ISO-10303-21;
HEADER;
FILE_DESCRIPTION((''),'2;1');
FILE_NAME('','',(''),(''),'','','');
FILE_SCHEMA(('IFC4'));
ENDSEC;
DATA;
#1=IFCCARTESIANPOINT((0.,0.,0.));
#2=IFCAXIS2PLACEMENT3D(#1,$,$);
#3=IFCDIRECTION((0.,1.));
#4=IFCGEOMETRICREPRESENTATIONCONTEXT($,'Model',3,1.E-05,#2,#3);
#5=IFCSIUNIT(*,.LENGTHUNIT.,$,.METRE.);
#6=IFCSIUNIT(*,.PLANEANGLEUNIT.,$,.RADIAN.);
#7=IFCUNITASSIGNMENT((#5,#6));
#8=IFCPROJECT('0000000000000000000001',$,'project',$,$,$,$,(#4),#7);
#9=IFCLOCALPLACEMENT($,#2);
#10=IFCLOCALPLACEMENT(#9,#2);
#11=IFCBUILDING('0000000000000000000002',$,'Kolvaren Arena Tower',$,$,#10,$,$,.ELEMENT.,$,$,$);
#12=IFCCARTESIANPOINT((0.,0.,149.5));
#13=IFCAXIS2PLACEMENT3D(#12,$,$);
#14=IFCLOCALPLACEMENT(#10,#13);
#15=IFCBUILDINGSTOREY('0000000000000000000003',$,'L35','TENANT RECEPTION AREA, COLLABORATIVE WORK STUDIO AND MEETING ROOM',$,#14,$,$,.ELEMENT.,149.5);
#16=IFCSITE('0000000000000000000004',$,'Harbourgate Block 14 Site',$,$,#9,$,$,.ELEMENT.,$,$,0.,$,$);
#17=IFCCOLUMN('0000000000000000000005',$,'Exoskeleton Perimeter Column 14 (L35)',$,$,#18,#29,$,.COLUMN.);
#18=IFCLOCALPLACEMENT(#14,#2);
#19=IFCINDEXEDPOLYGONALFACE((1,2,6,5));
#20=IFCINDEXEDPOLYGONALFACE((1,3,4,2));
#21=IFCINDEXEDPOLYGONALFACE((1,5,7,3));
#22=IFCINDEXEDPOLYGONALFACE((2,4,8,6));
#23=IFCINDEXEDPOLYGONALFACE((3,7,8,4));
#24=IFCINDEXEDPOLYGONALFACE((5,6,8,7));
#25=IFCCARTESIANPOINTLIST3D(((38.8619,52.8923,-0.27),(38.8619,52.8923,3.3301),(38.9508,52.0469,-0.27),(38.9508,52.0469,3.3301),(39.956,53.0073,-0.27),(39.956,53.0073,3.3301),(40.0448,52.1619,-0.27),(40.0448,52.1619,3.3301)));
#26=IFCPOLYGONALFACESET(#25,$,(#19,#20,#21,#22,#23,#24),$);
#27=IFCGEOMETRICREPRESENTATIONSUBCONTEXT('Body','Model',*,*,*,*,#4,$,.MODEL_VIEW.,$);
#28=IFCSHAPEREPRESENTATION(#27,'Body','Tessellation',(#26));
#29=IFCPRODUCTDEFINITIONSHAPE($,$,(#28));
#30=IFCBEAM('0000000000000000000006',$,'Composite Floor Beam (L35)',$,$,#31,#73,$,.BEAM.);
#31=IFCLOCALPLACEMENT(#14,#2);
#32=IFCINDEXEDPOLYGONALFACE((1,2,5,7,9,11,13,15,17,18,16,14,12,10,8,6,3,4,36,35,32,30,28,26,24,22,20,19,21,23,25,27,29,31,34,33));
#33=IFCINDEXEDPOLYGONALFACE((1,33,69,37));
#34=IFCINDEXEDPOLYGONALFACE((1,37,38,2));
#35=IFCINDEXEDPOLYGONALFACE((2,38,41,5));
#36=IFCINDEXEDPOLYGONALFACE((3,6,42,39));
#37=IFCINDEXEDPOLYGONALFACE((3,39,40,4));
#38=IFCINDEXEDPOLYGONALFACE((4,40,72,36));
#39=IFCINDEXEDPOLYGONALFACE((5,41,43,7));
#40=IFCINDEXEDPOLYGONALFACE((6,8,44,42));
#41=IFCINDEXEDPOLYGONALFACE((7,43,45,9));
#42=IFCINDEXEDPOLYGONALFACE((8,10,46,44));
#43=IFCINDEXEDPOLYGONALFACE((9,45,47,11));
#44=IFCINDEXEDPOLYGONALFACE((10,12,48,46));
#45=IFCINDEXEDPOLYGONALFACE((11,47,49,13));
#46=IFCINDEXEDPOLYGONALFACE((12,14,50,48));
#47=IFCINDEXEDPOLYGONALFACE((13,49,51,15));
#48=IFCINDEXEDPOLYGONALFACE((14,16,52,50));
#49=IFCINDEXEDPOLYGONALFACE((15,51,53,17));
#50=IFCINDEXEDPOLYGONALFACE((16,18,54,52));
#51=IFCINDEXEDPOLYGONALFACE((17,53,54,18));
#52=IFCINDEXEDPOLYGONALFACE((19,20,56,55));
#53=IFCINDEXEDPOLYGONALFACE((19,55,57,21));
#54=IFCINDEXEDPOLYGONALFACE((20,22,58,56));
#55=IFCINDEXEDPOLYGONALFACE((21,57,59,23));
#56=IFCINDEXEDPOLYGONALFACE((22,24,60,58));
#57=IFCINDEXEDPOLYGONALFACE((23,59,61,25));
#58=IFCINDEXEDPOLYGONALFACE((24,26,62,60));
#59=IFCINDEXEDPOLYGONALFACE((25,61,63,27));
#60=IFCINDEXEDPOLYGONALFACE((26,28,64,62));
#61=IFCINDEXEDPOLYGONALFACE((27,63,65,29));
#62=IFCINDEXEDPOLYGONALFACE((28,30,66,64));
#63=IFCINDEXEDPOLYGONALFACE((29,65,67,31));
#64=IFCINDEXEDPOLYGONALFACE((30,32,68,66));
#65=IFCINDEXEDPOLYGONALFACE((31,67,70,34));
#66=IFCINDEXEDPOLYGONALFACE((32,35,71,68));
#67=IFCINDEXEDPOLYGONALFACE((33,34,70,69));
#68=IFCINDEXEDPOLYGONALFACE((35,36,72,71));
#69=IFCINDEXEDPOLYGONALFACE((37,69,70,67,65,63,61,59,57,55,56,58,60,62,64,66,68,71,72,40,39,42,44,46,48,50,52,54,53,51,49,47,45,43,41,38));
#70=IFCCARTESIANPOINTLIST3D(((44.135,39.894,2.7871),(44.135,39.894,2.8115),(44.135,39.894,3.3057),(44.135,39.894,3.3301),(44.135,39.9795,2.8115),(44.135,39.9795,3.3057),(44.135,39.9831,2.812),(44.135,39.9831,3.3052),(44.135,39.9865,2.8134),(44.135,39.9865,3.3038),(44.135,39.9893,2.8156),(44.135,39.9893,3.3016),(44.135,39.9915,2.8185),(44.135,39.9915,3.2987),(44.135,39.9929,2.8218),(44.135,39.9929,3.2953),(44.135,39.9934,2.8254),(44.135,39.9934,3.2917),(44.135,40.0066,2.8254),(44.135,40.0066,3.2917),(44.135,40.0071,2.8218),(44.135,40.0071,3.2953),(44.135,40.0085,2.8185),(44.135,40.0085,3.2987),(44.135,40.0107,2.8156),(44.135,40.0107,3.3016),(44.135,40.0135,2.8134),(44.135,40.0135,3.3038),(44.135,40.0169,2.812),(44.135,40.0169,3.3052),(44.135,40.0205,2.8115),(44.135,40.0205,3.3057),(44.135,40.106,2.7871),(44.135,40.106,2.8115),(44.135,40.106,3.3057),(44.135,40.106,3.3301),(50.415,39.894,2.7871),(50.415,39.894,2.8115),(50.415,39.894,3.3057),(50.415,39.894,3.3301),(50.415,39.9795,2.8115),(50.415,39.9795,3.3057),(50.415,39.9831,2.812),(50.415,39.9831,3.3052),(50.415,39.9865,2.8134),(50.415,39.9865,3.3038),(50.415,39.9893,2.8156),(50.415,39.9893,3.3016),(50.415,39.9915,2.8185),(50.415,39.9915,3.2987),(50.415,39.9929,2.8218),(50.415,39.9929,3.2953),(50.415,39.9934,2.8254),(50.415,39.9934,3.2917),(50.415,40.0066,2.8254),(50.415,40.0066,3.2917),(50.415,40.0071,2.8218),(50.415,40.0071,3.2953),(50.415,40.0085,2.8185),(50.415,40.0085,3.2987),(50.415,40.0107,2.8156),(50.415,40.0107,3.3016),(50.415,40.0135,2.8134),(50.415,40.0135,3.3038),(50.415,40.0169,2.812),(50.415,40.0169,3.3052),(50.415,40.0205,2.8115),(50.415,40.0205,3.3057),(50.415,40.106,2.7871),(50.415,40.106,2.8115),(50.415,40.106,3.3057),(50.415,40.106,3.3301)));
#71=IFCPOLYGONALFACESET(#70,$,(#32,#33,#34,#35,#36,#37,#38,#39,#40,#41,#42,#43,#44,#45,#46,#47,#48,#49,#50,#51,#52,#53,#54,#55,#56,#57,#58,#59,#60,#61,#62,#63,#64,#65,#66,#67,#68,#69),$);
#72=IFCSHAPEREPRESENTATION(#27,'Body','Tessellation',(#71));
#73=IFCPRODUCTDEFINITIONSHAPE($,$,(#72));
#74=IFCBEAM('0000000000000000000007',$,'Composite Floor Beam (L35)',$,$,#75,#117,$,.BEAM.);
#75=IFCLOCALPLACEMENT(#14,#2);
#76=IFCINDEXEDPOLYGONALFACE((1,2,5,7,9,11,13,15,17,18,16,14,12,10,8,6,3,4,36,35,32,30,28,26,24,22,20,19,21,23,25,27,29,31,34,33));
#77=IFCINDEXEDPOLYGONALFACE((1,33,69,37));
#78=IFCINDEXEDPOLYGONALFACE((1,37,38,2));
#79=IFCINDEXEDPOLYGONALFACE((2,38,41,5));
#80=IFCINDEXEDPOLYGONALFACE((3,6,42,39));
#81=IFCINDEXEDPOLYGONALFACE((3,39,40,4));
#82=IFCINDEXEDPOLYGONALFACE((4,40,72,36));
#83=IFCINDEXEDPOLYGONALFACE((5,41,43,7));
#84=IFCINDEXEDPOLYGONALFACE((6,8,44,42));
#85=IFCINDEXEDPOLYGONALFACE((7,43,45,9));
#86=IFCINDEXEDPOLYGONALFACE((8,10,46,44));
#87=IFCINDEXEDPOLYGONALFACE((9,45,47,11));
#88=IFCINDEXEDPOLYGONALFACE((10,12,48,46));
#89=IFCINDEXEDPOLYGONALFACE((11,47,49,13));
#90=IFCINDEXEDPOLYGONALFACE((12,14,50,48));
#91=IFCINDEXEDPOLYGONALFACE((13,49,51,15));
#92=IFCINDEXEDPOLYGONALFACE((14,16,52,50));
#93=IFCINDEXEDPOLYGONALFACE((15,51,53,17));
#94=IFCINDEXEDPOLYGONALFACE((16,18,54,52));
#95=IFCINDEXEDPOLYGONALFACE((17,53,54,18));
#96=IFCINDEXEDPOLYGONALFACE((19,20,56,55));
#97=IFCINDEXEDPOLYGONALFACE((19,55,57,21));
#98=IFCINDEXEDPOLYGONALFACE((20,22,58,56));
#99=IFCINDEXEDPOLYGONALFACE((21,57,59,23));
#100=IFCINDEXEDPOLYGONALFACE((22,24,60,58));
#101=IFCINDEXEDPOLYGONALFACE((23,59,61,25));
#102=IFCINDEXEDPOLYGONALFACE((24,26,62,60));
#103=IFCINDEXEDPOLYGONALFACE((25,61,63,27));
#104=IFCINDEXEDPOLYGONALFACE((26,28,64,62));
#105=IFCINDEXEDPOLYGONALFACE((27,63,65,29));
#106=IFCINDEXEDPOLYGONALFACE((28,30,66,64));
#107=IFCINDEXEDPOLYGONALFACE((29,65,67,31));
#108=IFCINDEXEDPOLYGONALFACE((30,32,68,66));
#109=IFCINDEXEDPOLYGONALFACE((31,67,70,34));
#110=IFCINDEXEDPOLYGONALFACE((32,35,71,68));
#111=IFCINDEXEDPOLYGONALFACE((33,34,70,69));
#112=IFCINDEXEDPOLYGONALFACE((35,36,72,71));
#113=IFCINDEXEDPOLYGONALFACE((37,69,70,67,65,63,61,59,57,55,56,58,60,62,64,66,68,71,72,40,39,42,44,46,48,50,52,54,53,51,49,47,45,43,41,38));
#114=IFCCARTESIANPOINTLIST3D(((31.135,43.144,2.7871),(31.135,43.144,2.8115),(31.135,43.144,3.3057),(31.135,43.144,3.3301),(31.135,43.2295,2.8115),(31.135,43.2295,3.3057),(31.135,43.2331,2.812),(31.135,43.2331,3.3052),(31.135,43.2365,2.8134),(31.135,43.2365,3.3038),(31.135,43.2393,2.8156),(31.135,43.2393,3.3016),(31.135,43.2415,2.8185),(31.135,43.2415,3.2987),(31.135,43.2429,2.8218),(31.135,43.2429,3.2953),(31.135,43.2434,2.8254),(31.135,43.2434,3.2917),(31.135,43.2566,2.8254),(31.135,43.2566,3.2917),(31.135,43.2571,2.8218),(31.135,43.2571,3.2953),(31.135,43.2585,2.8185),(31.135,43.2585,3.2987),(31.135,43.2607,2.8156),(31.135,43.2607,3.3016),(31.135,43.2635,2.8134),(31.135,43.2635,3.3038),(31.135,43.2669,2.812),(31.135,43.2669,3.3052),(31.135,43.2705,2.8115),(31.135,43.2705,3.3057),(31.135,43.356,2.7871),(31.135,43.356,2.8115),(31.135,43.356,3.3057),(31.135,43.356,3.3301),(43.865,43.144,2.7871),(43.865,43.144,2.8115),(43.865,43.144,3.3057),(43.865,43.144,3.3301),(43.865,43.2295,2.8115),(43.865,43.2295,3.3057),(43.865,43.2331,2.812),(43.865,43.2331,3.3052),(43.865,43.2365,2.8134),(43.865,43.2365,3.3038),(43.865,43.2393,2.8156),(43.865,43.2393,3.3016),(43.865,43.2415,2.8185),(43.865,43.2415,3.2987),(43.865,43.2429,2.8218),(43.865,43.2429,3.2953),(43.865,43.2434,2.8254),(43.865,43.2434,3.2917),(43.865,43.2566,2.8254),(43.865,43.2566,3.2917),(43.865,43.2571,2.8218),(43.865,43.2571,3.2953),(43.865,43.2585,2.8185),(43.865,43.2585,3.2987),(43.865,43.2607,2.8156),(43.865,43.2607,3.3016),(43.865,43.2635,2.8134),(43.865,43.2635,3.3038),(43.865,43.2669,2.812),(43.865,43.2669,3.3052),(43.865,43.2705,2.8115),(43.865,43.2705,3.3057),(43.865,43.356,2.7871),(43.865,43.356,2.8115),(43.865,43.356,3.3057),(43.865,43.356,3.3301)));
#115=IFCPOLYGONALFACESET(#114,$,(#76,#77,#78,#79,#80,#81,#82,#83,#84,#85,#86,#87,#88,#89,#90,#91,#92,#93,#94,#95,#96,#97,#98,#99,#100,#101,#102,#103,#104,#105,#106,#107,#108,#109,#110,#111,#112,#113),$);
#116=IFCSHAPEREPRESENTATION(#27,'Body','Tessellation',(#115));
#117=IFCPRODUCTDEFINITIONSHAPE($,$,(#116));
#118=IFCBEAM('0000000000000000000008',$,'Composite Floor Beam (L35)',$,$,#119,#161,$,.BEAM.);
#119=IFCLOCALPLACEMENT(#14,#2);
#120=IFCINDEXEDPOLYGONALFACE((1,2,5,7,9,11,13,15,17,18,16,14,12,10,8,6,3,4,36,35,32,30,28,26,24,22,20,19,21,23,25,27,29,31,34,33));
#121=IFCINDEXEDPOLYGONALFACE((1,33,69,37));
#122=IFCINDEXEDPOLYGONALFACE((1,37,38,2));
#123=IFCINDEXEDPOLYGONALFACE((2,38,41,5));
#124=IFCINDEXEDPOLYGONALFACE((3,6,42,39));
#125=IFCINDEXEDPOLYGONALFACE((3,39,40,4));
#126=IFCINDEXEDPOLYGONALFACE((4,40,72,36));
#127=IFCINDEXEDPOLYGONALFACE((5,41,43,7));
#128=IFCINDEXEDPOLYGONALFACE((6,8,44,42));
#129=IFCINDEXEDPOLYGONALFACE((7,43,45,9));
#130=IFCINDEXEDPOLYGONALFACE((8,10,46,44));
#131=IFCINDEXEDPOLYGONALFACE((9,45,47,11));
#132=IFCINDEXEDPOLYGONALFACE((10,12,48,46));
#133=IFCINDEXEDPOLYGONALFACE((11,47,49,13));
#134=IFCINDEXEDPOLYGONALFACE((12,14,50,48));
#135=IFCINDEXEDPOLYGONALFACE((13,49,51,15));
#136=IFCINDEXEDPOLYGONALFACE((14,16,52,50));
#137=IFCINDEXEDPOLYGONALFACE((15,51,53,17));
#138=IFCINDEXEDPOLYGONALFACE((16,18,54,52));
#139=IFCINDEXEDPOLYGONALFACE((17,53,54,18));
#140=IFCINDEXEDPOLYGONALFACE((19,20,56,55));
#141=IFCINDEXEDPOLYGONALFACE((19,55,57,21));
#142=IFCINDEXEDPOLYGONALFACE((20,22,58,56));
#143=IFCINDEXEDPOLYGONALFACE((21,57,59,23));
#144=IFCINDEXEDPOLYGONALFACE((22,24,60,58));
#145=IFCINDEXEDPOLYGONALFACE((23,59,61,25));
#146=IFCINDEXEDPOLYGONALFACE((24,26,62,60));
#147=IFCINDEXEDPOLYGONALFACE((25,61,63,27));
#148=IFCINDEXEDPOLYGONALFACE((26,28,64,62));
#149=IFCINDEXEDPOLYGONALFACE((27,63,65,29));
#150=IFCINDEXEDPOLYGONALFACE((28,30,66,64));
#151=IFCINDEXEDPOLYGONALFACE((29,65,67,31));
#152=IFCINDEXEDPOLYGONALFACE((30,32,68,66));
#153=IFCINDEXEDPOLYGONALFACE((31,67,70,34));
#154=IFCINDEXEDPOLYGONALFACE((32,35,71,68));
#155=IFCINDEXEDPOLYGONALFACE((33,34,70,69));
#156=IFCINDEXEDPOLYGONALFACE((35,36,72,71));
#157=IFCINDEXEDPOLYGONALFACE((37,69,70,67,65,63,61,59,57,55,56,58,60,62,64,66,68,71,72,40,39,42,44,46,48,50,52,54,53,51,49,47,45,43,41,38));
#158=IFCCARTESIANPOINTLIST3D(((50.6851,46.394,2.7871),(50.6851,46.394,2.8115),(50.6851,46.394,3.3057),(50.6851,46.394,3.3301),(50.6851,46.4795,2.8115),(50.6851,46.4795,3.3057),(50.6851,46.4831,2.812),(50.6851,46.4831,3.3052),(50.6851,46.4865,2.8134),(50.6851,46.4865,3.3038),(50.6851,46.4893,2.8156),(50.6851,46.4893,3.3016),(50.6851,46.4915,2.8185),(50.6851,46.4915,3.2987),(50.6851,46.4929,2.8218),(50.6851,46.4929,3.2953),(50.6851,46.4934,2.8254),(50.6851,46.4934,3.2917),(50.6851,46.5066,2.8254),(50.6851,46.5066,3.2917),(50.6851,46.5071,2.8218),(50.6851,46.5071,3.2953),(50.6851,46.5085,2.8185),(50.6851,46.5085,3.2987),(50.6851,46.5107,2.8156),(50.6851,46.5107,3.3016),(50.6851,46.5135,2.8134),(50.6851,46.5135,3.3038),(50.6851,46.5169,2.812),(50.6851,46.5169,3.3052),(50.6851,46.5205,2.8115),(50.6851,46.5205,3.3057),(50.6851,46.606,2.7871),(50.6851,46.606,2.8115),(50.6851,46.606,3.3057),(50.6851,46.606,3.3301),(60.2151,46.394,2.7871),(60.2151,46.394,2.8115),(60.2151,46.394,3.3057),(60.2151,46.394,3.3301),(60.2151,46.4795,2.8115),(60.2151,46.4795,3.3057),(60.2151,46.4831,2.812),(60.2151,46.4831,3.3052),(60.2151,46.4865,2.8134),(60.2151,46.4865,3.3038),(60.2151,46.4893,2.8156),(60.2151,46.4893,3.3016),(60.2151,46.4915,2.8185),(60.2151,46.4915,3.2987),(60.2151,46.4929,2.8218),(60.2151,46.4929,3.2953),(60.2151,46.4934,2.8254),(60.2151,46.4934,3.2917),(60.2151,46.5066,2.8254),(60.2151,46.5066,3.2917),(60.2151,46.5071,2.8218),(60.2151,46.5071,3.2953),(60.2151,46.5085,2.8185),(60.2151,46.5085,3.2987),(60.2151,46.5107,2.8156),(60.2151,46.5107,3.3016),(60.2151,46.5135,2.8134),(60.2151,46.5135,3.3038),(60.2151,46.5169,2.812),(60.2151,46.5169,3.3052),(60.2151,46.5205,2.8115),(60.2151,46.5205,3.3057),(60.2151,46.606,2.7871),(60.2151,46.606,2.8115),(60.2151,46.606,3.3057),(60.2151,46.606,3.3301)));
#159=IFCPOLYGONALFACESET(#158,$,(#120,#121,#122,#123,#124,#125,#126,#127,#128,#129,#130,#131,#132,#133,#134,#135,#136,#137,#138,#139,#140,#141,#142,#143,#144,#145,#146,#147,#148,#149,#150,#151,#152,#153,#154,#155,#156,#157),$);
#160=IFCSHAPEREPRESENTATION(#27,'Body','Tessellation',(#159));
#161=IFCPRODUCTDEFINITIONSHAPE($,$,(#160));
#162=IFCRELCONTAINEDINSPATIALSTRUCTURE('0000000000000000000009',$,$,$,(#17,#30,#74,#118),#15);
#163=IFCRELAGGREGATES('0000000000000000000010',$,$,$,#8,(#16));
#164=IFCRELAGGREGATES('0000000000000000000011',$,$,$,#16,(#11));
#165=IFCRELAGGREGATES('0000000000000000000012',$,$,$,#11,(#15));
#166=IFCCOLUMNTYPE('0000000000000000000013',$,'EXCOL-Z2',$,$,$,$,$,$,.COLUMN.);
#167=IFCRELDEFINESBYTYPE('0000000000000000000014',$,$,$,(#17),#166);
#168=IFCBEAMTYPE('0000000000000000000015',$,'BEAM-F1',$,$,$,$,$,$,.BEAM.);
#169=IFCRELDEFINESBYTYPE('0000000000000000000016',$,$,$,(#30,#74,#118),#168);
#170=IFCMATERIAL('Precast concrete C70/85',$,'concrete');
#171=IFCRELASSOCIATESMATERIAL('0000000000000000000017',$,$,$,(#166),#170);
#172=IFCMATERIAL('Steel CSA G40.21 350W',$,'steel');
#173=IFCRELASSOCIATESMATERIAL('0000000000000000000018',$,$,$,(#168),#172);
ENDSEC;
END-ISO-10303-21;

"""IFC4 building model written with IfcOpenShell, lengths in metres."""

from ifc_helpers import new_model, si_unit, direction, frame, origin, origin_2d, place, context, subcontext, project, spatial, rectangle, i_section, extrude, material, material_profile, profile_set, type_object, element, save


model = new_model("IFC4")

# Units and contexts
model_context = context("Model", 3, precision=1e-05, world=origin(), true_north=direction((0.0, 1.0)))
body_context = subcontext(model_context, "Body", "Model", "MODEL_VIEW")
ifc_project = project(units=[si_unit("LENGTHUNIT", "METRE"), si_unit("PLANEANGLEUNIT", "RADIAN")], contexts=[model_context])

# Site, building, storey
site_placement = place(None, origin())
site = spatial("IfcSite", under=ifc_project, at=site_placement, Name="Harbourgate Block 14 Site", CompositionType="ELEMENT", RefElevation=0.0)
building_placement = place(site_placement, origin())
building = spatial("IfcBuilding", under=site, at=building_placement, Name="Kolvaren Arena Tower", CompositionType="ELEMENT")
storey_placement = place(building_placement, frame((0.0, 0.0, 149.5)))
storey = spatial("IfcBuildingStorey", under=building, at=storey_placement, Name="L35", Description="TENANT RECEPTION AREA, COLLABORATIVE WORK STUDIO AND MEETING ROOM", CompositionType="ELEMENT", Elevation=149.5)

# Column
ifc_material_1 = material(Name="Precast concrete C70/85", Category="concrete")
ifc_material_profile_1 = material_profile(ifc_material_1, rectangle(XDim=1.1001, YDim=0.8501, at=origin_2d()), Name="RC-1100x850")
ifc_profile_set_1 = profile_set([ifc_material_profile_1], Name="Precast concrete C70/85")
column_type = type_object("IfcColumnType", Name="EXCOL-Z2", PredefinedType="COLUMN", material=ifc_profile_set_1)
column_placement = place(storey_placement, frame((39.4534, 52.5271, -0.27), z_axis=(0.0, 0.0, 1.0), x_axis=(0.994522, 0.104528, 0.0)))
element("IfcColumn", 1, at=column_placement, inside=storey, type_object=column_type, Name="Exoskeleton Perimeter Column 14 (L35)", PredefinedType="COLUMN", context=body_context, shape_type="SweptSolid", body=[
    extrude(rectangle(XDim=1.1001, YDim=0.8501, at=origin_2d()), origin(), (0.0, 0.0, 1.0), 3.6001),
])

# Beams
ifc_material_2 = material(Name="Steel CSA G40.21 350W", Category="steel")
ifc_material_profile_2 = material_profile(ifc_material_2, i_section(OverallWidth=0.2119, OverallDepth=0.543, WebThickness=0.0132, FlangeThickness=0.0244, FilletRadius=0.0139, at=origin_2d()), Name="W530x150")
ifc_profile_set_2 = profile_set([ifc_material_profile_2], Name="Steel CSA G40.21 350W")
beam_type_1 = type_object("IfcBeamType", Name="BEAM-F1", PredefinedType="BEAM", material=ifc_profile_set_2)
beam_1_placement = place(storey_placement, frame((44.135, 40.0, 3.0586), z_axis=(1.0, 0.0, 0.0), x_axis=(0.0, 1.0, 0.0)))
element("IfcBeam", 2, at=beam_1_placement, inside=storey, type_object=beam_type_1, Name="Composite Floor Beam (L35)", PredefinedType="BEAM", context=body_context, shape_type="SweptSolid", body=[
    extrude(i_section(OverallWidth=0.2119, OverallDepth=0.543, WebThickness=0.0132, FlangeThickness=0.0244, FilletRadius=0.0139, at=origin_2d()), origin(), (0.0, 0.0, 1.0), 6.28),
])
beam_2_placement = place(storey_placement, frame((31.135, 43.25, 3.0586), z_axis=(1.0, 0.0, 0.0), x_axis=(0.0, 1.0, 0.0)))
element("IfcBeam", 3, at=beam_2_placement, inside=storey, type_object=beam_type_1, Name="Composite Floor Beam (L35)", PredefinedType="BEAM", context=body_context, shape_type="SweptSolid", body=[
    extrude(i_section(OverallWidth=0.2119, OverallDepth=0.543, WebThickness=0.0132, FlangeThickness=0.0244, FilletRadius=0.0139, at=origin_2d()), origin(), (0.0, 0.0, 1.0), 12.73),
])
for number, where, z_axis, x_axis, name in (
    (4, (50.6851, 46.5, 3.0586), (1.0, 0.0, 0.0), (0.0, 1.0, 0.0), "Composite Floor Beam (L35)"),
):
    element("IfcBeam", number, at=place(storey_placement, frame(where, z_axis=z_axis, x_axis=x_axis)), inside=storey, type_object=beam_type_1, Name=name, PredefinedType="BEAM", context=body_context, shape_type="SweptSolid", body=[
        extrude(i_section(OverallWidth=0.2119, OverallDepth=0.543, WebThickness=0.0132, FlangeThickness=0.0244, FilletRadius=0.0139, at=origin_2d()), origin(), (0.0, 0.0, 1.0), 9.53),
    ])

save(model, "model.ifc")
